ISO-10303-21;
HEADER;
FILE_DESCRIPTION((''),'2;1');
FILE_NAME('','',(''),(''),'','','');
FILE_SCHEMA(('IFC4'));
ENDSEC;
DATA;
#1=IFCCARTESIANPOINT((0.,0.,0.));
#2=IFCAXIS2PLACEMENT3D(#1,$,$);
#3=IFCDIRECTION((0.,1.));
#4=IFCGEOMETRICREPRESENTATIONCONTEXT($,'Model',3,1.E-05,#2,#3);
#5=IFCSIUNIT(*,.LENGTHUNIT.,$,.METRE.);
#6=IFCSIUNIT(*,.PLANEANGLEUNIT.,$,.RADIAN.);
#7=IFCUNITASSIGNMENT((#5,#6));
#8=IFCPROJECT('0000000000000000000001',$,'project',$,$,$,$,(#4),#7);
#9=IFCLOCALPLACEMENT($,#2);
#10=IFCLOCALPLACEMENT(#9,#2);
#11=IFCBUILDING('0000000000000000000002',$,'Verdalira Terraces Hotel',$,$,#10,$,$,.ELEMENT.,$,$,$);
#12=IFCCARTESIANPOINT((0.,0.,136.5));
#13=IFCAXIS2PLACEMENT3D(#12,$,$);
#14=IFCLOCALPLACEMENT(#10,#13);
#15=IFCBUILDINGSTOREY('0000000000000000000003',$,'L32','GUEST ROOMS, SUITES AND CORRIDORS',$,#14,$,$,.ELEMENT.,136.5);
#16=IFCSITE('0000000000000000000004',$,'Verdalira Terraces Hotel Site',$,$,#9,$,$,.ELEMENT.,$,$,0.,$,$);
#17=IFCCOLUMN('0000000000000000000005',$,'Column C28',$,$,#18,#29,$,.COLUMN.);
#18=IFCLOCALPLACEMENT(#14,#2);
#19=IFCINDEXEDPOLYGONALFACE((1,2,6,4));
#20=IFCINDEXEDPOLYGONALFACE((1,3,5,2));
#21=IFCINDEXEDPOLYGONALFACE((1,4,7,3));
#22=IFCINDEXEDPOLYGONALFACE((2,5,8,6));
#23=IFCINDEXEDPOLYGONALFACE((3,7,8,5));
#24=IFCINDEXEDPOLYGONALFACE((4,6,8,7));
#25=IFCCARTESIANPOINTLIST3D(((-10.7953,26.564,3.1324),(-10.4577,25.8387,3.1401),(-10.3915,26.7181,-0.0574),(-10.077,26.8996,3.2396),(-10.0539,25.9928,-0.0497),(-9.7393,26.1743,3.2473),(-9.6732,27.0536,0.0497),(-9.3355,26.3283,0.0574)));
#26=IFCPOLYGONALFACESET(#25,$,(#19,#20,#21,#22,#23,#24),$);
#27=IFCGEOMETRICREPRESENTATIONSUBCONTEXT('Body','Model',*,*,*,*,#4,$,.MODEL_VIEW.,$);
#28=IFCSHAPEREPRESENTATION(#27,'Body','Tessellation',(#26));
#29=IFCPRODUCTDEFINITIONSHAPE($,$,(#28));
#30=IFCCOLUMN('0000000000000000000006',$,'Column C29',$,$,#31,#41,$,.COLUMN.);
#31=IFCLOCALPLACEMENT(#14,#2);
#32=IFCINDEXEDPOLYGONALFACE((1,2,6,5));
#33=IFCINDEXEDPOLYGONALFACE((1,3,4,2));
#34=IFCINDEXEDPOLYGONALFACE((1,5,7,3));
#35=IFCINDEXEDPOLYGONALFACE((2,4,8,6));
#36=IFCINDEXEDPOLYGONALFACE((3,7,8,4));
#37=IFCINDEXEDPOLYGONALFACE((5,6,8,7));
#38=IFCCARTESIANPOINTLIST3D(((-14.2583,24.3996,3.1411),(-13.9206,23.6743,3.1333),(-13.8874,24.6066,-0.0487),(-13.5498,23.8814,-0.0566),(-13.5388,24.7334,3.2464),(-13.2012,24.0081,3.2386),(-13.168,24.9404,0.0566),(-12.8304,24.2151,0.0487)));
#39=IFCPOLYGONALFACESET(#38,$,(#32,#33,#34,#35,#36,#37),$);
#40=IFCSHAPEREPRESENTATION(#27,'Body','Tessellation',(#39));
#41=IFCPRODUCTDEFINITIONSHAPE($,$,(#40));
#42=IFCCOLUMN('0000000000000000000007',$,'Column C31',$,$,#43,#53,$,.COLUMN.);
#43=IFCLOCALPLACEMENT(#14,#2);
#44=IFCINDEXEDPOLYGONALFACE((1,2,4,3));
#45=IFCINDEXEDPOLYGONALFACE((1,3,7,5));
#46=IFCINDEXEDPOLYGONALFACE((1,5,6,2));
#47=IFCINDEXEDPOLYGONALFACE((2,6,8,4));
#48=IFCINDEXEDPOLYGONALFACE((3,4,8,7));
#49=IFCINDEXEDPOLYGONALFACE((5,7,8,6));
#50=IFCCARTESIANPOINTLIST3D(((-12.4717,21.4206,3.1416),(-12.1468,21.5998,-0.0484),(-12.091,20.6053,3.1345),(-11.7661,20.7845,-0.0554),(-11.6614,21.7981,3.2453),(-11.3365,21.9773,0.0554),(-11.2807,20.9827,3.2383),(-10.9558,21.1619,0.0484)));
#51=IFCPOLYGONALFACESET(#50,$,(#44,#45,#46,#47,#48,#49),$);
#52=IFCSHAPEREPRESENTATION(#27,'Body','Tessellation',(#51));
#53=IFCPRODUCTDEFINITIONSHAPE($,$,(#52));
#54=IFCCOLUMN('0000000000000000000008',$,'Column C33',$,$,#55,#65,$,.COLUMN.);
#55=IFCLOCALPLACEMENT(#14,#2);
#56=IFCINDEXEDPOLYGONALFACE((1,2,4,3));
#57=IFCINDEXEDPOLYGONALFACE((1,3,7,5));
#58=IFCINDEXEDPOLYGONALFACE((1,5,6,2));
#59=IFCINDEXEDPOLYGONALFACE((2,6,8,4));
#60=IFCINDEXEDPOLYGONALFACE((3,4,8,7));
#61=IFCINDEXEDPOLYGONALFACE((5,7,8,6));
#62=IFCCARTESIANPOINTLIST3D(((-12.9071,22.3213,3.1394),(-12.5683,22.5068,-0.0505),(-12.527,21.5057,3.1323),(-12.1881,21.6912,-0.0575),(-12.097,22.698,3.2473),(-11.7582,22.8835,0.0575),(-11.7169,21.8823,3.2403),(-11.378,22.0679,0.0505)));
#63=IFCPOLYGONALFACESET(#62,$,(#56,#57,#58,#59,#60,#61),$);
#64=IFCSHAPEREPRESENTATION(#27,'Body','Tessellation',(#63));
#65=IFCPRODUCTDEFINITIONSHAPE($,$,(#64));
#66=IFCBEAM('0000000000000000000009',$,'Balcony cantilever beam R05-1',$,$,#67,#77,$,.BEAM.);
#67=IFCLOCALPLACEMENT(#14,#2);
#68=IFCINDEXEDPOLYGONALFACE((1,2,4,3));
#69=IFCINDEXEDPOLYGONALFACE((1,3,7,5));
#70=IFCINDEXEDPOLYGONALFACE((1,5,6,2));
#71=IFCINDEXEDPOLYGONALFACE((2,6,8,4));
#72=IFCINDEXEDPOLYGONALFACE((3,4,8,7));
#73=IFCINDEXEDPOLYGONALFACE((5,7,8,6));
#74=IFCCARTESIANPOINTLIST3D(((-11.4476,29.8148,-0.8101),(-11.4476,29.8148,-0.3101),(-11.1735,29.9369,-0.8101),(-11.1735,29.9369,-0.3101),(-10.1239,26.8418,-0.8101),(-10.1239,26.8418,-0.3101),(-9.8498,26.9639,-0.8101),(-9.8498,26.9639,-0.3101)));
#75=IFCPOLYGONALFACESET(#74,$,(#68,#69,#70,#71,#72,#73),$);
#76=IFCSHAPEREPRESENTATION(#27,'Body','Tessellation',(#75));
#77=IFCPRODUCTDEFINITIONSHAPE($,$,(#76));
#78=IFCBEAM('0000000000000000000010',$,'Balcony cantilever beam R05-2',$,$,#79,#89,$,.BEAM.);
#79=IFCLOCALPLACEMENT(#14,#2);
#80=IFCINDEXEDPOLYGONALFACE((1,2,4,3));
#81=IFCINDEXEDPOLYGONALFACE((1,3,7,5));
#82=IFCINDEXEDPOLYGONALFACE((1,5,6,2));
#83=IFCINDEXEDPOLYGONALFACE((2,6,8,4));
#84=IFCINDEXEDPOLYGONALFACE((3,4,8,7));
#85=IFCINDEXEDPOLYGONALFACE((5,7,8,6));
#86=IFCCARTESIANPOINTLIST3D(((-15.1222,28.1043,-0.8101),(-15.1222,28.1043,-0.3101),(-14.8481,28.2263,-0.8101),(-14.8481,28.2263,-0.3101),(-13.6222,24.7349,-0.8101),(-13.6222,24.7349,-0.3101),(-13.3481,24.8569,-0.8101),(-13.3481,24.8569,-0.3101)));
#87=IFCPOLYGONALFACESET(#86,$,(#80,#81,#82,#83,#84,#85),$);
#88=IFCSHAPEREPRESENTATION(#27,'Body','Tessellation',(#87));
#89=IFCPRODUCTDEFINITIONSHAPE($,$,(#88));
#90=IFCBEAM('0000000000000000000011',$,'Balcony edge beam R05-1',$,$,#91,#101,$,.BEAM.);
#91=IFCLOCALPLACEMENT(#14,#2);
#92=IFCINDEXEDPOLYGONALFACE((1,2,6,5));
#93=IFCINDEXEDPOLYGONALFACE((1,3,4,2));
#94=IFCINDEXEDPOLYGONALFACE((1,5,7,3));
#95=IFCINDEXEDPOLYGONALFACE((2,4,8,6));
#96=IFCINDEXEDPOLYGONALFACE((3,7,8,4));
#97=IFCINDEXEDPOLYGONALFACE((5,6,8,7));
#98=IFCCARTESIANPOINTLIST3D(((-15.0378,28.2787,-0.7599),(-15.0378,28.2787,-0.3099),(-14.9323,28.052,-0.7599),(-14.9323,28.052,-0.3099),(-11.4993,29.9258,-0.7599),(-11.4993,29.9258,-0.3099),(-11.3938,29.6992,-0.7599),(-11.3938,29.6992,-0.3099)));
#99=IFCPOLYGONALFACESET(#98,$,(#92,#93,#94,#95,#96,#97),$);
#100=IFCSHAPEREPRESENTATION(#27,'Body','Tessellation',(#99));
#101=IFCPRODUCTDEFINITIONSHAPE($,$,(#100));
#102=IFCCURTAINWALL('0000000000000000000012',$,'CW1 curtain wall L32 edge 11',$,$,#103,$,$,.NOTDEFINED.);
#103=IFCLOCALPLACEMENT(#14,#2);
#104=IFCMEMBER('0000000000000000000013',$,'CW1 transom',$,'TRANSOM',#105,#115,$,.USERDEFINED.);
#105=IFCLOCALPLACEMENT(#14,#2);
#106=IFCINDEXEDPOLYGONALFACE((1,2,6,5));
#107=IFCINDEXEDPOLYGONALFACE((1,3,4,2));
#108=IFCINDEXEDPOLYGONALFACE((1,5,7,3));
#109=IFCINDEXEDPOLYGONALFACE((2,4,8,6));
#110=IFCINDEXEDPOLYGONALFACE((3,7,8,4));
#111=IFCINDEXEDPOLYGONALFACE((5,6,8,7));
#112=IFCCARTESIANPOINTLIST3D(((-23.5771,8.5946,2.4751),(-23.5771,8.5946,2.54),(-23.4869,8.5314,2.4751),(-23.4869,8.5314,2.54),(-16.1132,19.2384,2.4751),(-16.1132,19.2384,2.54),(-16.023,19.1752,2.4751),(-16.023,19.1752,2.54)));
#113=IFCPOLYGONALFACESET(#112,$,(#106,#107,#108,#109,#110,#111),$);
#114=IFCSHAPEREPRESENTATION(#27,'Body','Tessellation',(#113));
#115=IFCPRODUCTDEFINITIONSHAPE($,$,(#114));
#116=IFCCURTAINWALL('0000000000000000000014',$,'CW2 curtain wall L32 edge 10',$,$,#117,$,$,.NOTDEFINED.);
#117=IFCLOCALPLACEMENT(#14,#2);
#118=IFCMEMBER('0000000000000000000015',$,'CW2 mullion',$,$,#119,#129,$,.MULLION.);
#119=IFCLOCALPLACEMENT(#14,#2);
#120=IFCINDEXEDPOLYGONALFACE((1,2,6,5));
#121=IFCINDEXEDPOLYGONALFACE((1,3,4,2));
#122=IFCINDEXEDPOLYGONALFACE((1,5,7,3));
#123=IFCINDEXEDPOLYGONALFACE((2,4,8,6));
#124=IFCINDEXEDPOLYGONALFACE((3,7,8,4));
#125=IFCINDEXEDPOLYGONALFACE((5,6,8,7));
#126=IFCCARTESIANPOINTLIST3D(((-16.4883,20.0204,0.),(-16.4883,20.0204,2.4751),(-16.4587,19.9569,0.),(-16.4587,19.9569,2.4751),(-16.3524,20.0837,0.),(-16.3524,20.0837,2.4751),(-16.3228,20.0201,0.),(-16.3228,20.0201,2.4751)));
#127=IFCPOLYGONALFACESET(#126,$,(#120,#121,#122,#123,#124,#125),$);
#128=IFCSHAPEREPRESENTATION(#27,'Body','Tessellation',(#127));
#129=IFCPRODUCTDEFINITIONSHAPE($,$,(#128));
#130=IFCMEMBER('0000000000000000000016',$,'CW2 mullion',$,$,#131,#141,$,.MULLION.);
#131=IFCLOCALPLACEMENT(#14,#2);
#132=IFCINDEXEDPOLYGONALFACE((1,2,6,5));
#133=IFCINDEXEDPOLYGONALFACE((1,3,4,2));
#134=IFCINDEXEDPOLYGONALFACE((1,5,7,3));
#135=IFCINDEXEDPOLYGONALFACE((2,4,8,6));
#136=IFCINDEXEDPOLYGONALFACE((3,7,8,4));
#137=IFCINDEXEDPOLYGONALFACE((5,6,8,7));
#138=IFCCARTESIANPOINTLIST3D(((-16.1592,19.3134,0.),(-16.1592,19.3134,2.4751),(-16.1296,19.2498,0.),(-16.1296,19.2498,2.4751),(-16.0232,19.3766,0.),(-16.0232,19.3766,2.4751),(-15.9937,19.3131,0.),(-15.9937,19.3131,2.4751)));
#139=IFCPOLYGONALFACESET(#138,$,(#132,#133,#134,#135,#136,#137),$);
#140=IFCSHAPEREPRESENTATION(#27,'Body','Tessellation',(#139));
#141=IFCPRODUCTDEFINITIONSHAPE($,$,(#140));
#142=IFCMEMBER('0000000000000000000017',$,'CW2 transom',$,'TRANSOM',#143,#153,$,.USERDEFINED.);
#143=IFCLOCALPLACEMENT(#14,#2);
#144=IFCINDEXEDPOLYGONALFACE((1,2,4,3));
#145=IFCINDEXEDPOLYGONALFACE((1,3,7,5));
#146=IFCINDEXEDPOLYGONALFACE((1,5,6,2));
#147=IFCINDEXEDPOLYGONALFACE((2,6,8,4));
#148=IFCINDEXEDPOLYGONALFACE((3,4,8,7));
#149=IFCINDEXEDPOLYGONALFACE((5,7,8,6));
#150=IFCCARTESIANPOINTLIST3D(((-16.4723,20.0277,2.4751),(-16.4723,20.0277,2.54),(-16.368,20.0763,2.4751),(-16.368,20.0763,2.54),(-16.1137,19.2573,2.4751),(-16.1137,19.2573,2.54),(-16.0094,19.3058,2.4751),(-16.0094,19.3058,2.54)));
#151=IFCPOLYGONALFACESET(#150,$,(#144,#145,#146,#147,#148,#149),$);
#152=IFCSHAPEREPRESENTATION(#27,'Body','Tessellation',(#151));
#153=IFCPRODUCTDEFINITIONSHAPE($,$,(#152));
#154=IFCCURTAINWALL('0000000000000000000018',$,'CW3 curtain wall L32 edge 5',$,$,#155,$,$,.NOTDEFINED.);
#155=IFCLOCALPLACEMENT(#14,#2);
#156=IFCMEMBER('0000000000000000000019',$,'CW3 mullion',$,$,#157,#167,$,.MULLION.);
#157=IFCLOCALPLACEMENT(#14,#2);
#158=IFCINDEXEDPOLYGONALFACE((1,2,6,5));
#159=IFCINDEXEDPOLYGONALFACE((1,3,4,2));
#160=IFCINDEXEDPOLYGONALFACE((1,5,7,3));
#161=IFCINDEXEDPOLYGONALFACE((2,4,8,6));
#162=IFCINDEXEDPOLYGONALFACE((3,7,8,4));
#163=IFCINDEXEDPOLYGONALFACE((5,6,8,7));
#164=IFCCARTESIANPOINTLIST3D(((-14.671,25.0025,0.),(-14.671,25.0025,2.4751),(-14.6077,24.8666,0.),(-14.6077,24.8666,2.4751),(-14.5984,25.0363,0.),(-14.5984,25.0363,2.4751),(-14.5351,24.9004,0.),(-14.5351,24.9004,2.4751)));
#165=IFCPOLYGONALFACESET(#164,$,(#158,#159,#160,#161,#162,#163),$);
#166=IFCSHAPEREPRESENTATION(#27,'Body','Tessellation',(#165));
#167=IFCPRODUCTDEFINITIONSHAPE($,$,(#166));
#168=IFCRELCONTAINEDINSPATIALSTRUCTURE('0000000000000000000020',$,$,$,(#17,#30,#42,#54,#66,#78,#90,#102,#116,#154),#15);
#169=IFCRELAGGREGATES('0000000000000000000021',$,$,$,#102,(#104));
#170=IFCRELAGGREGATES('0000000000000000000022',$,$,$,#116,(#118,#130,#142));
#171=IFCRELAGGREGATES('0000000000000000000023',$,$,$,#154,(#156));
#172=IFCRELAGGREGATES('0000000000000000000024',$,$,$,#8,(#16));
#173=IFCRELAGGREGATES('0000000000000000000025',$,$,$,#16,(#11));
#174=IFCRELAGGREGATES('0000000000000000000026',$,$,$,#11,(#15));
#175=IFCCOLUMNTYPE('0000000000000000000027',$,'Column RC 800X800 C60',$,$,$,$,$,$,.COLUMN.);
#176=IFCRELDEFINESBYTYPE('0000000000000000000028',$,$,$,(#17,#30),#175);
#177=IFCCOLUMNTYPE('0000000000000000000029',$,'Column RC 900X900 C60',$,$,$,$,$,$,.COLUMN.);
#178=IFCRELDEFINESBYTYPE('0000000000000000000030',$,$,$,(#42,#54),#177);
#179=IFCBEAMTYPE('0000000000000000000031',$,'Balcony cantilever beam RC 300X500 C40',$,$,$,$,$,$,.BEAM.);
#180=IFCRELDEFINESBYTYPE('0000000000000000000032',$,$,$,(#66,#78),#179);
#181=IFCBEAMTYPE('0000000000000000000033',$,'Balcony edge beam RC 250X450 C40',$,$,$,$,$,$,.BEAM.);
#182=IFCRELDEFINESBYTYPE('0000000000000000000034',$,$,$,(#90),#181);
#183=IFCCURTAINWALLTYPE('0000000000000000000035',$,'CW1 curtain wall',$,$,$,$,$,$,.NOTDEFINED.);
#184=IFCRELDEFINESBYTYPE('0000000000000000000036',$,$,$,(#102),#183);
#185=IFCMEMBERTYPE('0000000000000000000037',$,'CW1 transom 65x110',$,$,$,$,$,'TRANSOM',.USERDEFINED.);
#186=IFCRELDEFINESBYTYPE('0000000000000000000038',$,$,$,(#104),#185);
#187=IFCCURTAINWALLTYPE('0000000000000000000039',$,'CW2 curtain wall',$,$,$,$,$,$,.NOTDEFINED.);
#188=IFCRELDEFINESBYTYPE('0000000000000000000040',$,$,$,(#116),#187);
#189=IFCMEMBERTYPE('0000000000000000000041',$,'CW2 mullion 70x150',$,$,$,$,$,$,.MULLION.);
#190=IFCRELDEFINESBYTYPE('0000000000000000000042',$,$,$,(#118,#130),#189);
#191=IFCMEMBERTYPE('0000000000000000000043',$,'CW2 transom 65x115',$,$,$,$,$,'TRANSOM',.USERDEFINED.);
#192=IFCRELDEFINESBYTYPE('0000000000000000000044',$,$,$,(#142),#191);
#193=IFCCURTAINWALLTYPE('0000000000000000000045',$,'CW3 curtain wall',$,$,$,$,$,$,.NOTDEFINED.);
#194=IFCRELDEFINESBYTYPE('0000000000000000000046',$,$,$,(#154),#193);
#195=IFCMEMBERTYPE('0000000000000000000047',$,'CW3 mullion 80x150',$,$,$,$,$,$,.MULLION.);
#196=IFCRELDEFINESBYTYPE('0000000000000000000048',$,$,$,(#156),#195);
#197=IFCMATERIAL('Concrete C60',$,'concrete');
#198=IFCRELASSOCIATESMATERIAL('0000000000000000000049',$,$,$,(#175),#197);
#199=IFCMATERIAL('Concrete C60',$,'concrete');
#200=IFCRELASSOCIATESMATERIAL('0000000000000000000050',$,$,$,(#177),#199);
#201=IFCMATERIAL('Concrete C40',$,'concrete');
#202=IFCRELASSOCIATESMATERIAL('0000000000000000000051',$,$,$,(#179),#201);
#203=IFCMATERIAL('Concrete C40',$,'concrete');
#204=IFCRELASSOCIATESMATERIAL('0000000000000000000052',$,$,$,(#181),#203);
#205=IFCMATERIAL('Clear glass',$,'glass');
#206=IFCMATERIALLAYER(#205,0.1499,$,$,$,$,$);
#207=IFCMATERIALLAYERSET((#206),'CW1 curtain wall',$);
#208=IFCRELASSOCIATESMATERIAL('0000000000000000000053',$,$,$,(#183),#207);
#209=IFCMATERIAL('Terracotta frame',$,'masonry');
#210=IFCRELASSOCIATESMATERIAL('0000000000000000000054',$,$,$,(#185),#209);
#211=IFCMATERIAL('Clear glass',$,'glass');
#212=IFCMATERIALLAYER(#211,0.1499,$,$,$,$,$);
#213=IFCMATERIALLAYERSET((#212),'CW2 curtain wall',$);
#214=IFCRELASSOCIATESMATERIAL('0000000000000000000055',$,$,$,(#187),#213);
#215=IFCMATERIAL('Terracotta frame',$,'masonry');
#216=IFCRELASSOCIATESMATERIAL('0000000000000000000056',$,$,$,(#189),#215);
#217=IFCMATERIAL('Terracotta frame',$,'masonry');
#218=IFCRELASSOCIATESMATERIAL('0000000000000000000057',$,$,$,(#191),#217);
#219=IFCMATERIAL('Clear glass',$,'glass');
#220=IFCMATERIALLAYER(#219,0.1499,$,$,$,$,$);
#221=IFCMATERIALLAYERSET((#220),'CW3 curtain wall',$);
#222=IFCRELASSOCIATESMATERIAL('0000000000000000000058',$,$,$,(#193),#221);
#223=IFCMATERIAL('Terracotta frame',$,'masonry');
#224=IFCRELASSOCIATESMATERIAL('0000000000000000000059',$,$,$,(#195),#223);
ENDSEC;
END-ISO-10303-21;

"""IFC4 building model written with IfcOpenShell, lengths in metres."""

from ifc_helpers import new_model, si_unit, direction, frame, origin, origin_2d, place, context, subcontext, project, spatial, rectangle, extrude, material, layer, layer_set, material_profile, profile_set, type_object, element, aggregate, save


model = new_model("IFC4")

# Units and contexts
model_context = context("Model", 3, precision=1e-05, world=origin(), true_north=direction((0.0, 1.0)))
body_context = subcontext(model_context, "Body", "Model", "MODEL_VIEW")
ifc_project = project(units=[si_unit("LENGTHUNIT", "METRE"), si_unit("PLANEANGLEUNIT", "RADIAN")], contexts=[model_context])

# Site, building, storey
site_placement = place(None, origin())
site = spatial("IfcSite", under=ifc_project, at=site_placement, Name="Verdalira Terraces Hotel Site", CompositionType="ELEMENT", RefElevation=0.0)
building_placement = place(site_placement, origin())
building = spatial("IfcBuilding", under=site, at=building_placement, Name="Verdalira Terraces Hotel", CompositionType="ELEMENT")
storey_placement = place(building_placement, frame((0.0, 0.0, 136.5)))
storey = spatial("IfcBuildingStorey", under=building, at=storey_placement, Name="L32", Description="GUEST ROOMS, SUITES AND CORRIDORS", CompositionType="ELEMENT", Elevation=136.5)

# Columns
ifc_material_1 = material(Name="Concrete C60", Category="concrete")
ifc_material_profile_1 = material_profile(ifc_material_1, rectangle(XDim=0.8, YDim=0.8, at=origin_2d()), Name="RC 800X800")
ifc_profile_set_1 = profile_set([ifc_material_profile_1], Name="Concrete C60")
column_type_1 = type_object("IfcColumnType", Name="Column RC 800X800 C60", PredefinedType="COLUMN", material=ifc_profile_set_1)
column_1_placement = place(storey_placement, frame((-9.8635, 26.5232, 0.0), z_axis=(-0.125442, -0.047856, 0.990946), x_axis=(-0.897875, -0.41939, -0.133914)))
element("IfcColumn", 1, at=column_1_placement, inside=storey, type_object=column_type_1, Name="Column C28", PredefinedType="COLUMN", context=body_context, shape_type="SweptSolid", body=[
    extrude(rectangle(XDim=0.8, YDim=0.8, at=origin_2d()), origin(), (0.0, 0.0, 1.0), 3.219),
])
column_2_placement = place(storey_placement, frame((-13.3589, 24.4109, 0.0), z_axis=(-0.115239, -0.064334, 0.991252), x_axis=(-0.899232, -0.417204, -0.131618)))
element("IfcColumn", 2, at=column_2_placement, inside=storey, type_object=column_type_1, Name="Column C29", PredefinedType="COLUMN", context=body_context, shape_type="SweptSolid", body=[
    extrude(rectangle(XDim=0.8, YDim=0.8, at=origin_2d()), origin(), (0.0, 0.0, 1.0), 3.218),
])
ifc_material_2 = material(Name="Concrete C60", Category="concrete")
ifc_material_profile_2 = material_profile(ifc_material_2, rectangle(XDim=0.8999, YDim=0.8999, at=origin_2d()), Name="RC 900X900")
ifc_profile_set_2 = profile_set([ifc_material_profile_2], Name="Concrete C60")
column_type_2 = type_object("IfcColumnType", Name="Column RC 900X900 C60", PredefinedType="COLUMN", material=ifc_profile_set_2)
column_3_placement = place(storey_placement, frame((-11.5513, 21.3809, 0.0), z_axis=(-0.101185, -0.0558, 0.993302), x_axis=(-0.423024, 0.906085, 0.007808)))
element("IfcColumn", 3, at=column_3_placement, inside=storey, type_object=column_type_2, Name="Column C31", PredefinedType="COLUMN", context=body_context, shape_type="SweptSolid", body=[
    extrude(rectangle(XDim=0.8999, YDim=0.8999, at=origin_2d()), origin(), (0.0, 0.0, 1.0), 3.2114),
])
column_4_placement = place(storey_placement, frame((-11.9731, 22.2874, 0.0), z_axis=(-0.105459, -0.057744, 0.992746), x_axis=(-0.422474, 0.906341, 0.007839)))
element("IfcColumn", 4, at=column_4_placement, inside=storey, type_object=column_type_2, Name="Column C33", PredefinedType="COLUMN", context=body_context, shape_type="SweptSolid", body=[
    extrude(rectangle(XDim=0.8999, YDim=0.8999, at=origin_2d()), origin(), (0.0, 0.0, 1.0), 3.2131),
])

# Beams
ifc_material_3 = material(Name="Concrete C40", Category="concrete")
ifc_material_profile_3 = material_profile(ifc_material_3, rectangle(XDim=0.3, YDim=0.5, at=origin_2d()), Name="RC 300X500")
ifc_profile_set_3 = profile_set([ifc_material_profile_3], Name="Concrete C40")
beam_type_1 = type_object("IfcBeamType", Name="Balcony cantilever beam RC 300X500 C40", PredefinedType="BEAM", material=ifc_profile_set_3)
beam_1_placement = place(storey_placement, frame((-9.9868, 26.9028, -0.5601), z_axis=(-0.406765, 0.913533, 0.0), x_axis=(-0.913533, -0.406765, 0.0)))
element("IfcBeam", 5, at=beam_1_placement, inside=storey, type_object=beam_type_1, Name="Balcony cantilever beam R05-1", PredefinedType="BEAM", context=body_context, shape_type="SweptSolid", body=[
    extrude(rectangle(XDim=0.3, YDim=0.5, at=origin_2d()), origin(), (0.0, 0.0, 1.0), 3.2544),
])
beam_2_placement = place(storey_placement, frame((-13.4851, 24.7959, -0.5601), z_axis=(-0.406703, 0.91356, 0.0), x_axis=(-0.91356, -0.406703, 0.0)))
element("IfcBeam", 6, at=beam_2_placement, inside=storey, type_object=beam_type_1, Name="Balcony cantilever beam R05-2", PredefinedType="BEAM", context=body_context, shape_type="SweptSolid", body=[
    extrude(rectangle(XDim=0.3, YDim=0.5, at=origin_2d()), origin(), (0.0, 0.0, 1.0), 3.6882),
])
ifc_material_4 = material(Name="Concrete C40", Category="concrete")
ifc_material_profile_4 = material_profile(ifc_material_4, rectangle(XDim=0.25, YDim=0.45, at=origin_2d()), Name="RC 250X450")
ifc_profile_set_4 = profile_set([ifc_material_profile_4], Name="Concrete C40")
beam_type_2 = type_object("IfcBeamType", Name="Balcony edge beam RC 250X450 C40", PredefinedType="BEAM", material=ifc_profile_set_4)
beam_3_placement = place(storey_placement, frame((-11.4465, 29.8125, -0.5349), z_axis=(-0.906587, -0.422019, 0.0), x_axis=(0.422019, -0.906587, 0.0)))
element("IfcBeam", 7, at=beam_3_placement, inside=storey, type_object=beam_type_2, Name="Balcony edge beam R05-1", PredefinedType="BEAM", context=body_context, shape_type="SweptSolid", body=[
    extrude(rectangle(XDim=0.25, YDim=0.45, at=origin_2d()), origin(), (0.0, 0.0, 1.0), 3.9031),
])

# Curtain wall, member
ifc_material_5 = material(Name="Clear glass", Category="glass")
ifc_layer_1 = layer(ifc_material_5, 0.1499)
ifc_layer_set_1 = layer_set([ifc_layer_1], Name="CW1 curtain wall")
curtain_wall_type_1 = type_object("IfcCurtainWallType", Name="CW1 curtain wall", PredefinedType="NOTDEFINED", material=ifc_layer_set_1)
curtain_wall_1_placement = place(storey_placement, origin())
curtain_wall_1 = element("IfcCurtainWall", 8, at=curtain_wall_1_placement, inside=storey, type_object=curtain_wall_type_1, Name="CW1 curtain wall L32 edge 11", PredefinedType="NOTDEFINED")
ifc_material_6 = material(Name="Terracotta frame", Category="masonry")
ifc_material_profile_5 = material_profile(ifc_material_6, rectangle(XDim=0.1101, YDim=0.0649, at=origin_2d()), Name="TR 65x110")
ifc_profile_set_5 = profile_set([ifc_material_profile_5], Name="Terracotta frame")
member_type_1 = type_object("IfcMemberType", Name="CW1 transom 65x110", ElementType="TRANSOM", PredefinedType="USERDEFINED", material=ifc_profile_set_5)
member_1_placement = place(storey_placement, frame((-16.0681, 19.2068, 2.5076), z_axis=(-0.574144, -0.818754, 0.0), x_axis=(0.818754, -0.574144, 0.0)))
member_1 = element("IfcMember", 9, at=member_1_placement, type_object=member_type_1, Name="CW1 transom", ObjectType="TRANSOM", PredefinedType="USERDEFINED", context=body_context, shape_type="SweptSolid", body=[
    extrude(rectangle(XDim=0.1101, YDim=0.0649, at=origin_2d()), origin(), (0.0, 0.0, 1.0), 13.0),
])
aggregate(curtain_wall_1, [member_1])

# Curtain wall, members
ifc_material_7 = material(Name="Clear glass", Category="glass")
ifc_layer_2 = layer(ifc_material_7, 0.1499)
ifc_layer_set_2 = layer_set([ifc_layer_2], Name="CW2 curtain wall")
curtain_wall_type_2 = type_object("IfcCurtainWallType", Name="CW2 curtain wall", PredefinedType="NOTDEFINED", material=ifc_layer_set_2)
curtain_wall_2_placement = place(storey_placement, origin())
curtain_wall_2 = element("IfcCurtainWall", 10, at=curtain_wall_2_placement, inside=storey, type_object=curtain_wall_type_2, Name="CW2 curtain wall L32 edge 10", PredefinedType="NOTDEFINED")
ifc_material_8 = material(Name="Terracotta frame", Category="masonry")
ifc_material_profile_6 = material_profile(ifc_material_8, rectangle(XDim=0.0701, YDim=0.1499, at=origin_2d()), Name="MU 70x150")
ifc_profile_set_6 = profile_set([ifc_material_profile_6], Name="Terracotta frame")
member_type_2 = type_object("IfcMemberType", Name="CW2 mullion 70x150", PredefinedType="MULLION", material=ifc_profile_set_6)
member_2_placement = place(storey_placement, frame((-16.4055, 20.0203, 0.0), z_axis=(0.0, 0.0, 1.0), x_axis=(0.421985, -0.906603, 0.0)))
member_2 = element("IfcMember", 11, at=member_2_placement, type_object=member_type_2, Name="CW2 mullion", PredefinedType="MULLION", context=body_context, shape_type="SweptSolid", body=[
    extrude(rectangle(XDim=0.0701, YDim=0.1499, at=origin_2d()), origin(), (0.0, 0.0, 1.0), 2.4751),
])
member_3_placement = place(storey_placement, frame((-16.0764, 19.3132, 0.0), z_axis=(0.0, 0.0, 1.0), x_axis=(0.421985, -0.906603, 0.0)))
member_3 = element("IfcMember", 12, at=member_3_placement, type_object=member_type_2, Name="CW2 mullion", PredefinedType="MULLION", context=body_context, shape_type="SweptSolid", body=[
    extrude(rectangle(XDim=0.0701, YDim=0.1499, at=origin_2d()), origin(), (0.0, 0.0, 1.0), 2.4751),
])
ifc_material_9 = material(Name="Terracotta frame", Category="masonry")
ifc_material_profile_7 = material_profile(ifc_material_9, rectangle(XDim=0.115, YDim=0.0649, at=origin_2d()), Name="TR 65x115")
ifc_profile_set_7 = profile_set([ifc_material_profile_7], Name="Terracotta frame")
member_type_3 = type_object("IfcMemberType", Name="CW2 transom 65x115", ElementType="TRANSOM", PredefinedType="USERDEFINED", material=ifc_profile_set_7)
member_4_placement = place(storey_placement, frame((-16.4202, 20.052, 2.5076), z_axis=(0.421989, -0.906601, 0.0), x_axis=(0.906601, 0.421989, 0.0)))
member_4 = element("IfcMember", 13, at=member_4_placement, type_object=member_type_3, Name="CW2 transom", ObjectType="TRANSOM", PredefinedType="USERDEFINED", context=body_context, shape_type="SweptSolid", body=[
    extrude(rectangle(XDim=0.115, YDim=0.0649, at=origin_2d()), origin(), (0.0, 0.0, 1.0), 0.8499),
])

# Curtain wall, member
ifc_material_10 = material(Name="Clear glass", Category="glass")
ifc_layer_3 = layer(ifc_material_10, 0.1499)
ifc_layer_set_3 = layer_set([ifc_layer_3], Name="CW3 curtain wall")
curtain_wall_type_3 = type_object("IfcCurtainWallType", Name="CW3 curtain wall", PredefinedType="NOTDEFINED", material=ifc_layer_set_3)
curtain_wall_3_placement = place(storey_placement, origin())
curtain_wall_3 = element("IfcCurtainWall", 14, at=curtain_wall_3_placement, inside=storey, type_object=curtain_wall_type_3, Name="CW3 curtain wall L32 edge 5", PredefinedType="NOTDEFINED")
ifc_material_11 = material(Name="Terracotta frame", Category="masonry")
ifc_material_profile_8 = material_profile(ifc_material_11, rectangle(XDim=0.0801, YDim=0.1499, at=origin_2d()), Name="MU 80x150")
ifc_profile_set_8 = profile_set([ifc_material_profile_8], Name="Terracotta frame")
member_type_4 = type_object("IfcMemberType", Name="CW3 mullion 80x150", PredefinedType="MULLION", material=ifc_profile_set_8)
member_5_placement = place(storey_placement, frame((-14.603, 24.9514, 0.0), z_axis=(0.0, 0.0, 1.0), x_axis=(-0.906603, -0.421985, 0.0)))
member_5 = element("IfcMember", 15, at=member_5_placement, type_object=member_type_4, Name="CW3 mullion", PredefinedType="MULLION", context=body_context, shape_type="SweptSolid", body=[
    extrude(rectangle(XDim=0.0801, YDim=0.1499, at=origin_2d()), origin(), (0.0, 0.0, 1.0), 2.4751),
])

aggregate(curtain_wall_2, [member_2, member_3, member_4])
aggregate(curtain_wall_3, [member_5])

save(model, "model.ifc")
